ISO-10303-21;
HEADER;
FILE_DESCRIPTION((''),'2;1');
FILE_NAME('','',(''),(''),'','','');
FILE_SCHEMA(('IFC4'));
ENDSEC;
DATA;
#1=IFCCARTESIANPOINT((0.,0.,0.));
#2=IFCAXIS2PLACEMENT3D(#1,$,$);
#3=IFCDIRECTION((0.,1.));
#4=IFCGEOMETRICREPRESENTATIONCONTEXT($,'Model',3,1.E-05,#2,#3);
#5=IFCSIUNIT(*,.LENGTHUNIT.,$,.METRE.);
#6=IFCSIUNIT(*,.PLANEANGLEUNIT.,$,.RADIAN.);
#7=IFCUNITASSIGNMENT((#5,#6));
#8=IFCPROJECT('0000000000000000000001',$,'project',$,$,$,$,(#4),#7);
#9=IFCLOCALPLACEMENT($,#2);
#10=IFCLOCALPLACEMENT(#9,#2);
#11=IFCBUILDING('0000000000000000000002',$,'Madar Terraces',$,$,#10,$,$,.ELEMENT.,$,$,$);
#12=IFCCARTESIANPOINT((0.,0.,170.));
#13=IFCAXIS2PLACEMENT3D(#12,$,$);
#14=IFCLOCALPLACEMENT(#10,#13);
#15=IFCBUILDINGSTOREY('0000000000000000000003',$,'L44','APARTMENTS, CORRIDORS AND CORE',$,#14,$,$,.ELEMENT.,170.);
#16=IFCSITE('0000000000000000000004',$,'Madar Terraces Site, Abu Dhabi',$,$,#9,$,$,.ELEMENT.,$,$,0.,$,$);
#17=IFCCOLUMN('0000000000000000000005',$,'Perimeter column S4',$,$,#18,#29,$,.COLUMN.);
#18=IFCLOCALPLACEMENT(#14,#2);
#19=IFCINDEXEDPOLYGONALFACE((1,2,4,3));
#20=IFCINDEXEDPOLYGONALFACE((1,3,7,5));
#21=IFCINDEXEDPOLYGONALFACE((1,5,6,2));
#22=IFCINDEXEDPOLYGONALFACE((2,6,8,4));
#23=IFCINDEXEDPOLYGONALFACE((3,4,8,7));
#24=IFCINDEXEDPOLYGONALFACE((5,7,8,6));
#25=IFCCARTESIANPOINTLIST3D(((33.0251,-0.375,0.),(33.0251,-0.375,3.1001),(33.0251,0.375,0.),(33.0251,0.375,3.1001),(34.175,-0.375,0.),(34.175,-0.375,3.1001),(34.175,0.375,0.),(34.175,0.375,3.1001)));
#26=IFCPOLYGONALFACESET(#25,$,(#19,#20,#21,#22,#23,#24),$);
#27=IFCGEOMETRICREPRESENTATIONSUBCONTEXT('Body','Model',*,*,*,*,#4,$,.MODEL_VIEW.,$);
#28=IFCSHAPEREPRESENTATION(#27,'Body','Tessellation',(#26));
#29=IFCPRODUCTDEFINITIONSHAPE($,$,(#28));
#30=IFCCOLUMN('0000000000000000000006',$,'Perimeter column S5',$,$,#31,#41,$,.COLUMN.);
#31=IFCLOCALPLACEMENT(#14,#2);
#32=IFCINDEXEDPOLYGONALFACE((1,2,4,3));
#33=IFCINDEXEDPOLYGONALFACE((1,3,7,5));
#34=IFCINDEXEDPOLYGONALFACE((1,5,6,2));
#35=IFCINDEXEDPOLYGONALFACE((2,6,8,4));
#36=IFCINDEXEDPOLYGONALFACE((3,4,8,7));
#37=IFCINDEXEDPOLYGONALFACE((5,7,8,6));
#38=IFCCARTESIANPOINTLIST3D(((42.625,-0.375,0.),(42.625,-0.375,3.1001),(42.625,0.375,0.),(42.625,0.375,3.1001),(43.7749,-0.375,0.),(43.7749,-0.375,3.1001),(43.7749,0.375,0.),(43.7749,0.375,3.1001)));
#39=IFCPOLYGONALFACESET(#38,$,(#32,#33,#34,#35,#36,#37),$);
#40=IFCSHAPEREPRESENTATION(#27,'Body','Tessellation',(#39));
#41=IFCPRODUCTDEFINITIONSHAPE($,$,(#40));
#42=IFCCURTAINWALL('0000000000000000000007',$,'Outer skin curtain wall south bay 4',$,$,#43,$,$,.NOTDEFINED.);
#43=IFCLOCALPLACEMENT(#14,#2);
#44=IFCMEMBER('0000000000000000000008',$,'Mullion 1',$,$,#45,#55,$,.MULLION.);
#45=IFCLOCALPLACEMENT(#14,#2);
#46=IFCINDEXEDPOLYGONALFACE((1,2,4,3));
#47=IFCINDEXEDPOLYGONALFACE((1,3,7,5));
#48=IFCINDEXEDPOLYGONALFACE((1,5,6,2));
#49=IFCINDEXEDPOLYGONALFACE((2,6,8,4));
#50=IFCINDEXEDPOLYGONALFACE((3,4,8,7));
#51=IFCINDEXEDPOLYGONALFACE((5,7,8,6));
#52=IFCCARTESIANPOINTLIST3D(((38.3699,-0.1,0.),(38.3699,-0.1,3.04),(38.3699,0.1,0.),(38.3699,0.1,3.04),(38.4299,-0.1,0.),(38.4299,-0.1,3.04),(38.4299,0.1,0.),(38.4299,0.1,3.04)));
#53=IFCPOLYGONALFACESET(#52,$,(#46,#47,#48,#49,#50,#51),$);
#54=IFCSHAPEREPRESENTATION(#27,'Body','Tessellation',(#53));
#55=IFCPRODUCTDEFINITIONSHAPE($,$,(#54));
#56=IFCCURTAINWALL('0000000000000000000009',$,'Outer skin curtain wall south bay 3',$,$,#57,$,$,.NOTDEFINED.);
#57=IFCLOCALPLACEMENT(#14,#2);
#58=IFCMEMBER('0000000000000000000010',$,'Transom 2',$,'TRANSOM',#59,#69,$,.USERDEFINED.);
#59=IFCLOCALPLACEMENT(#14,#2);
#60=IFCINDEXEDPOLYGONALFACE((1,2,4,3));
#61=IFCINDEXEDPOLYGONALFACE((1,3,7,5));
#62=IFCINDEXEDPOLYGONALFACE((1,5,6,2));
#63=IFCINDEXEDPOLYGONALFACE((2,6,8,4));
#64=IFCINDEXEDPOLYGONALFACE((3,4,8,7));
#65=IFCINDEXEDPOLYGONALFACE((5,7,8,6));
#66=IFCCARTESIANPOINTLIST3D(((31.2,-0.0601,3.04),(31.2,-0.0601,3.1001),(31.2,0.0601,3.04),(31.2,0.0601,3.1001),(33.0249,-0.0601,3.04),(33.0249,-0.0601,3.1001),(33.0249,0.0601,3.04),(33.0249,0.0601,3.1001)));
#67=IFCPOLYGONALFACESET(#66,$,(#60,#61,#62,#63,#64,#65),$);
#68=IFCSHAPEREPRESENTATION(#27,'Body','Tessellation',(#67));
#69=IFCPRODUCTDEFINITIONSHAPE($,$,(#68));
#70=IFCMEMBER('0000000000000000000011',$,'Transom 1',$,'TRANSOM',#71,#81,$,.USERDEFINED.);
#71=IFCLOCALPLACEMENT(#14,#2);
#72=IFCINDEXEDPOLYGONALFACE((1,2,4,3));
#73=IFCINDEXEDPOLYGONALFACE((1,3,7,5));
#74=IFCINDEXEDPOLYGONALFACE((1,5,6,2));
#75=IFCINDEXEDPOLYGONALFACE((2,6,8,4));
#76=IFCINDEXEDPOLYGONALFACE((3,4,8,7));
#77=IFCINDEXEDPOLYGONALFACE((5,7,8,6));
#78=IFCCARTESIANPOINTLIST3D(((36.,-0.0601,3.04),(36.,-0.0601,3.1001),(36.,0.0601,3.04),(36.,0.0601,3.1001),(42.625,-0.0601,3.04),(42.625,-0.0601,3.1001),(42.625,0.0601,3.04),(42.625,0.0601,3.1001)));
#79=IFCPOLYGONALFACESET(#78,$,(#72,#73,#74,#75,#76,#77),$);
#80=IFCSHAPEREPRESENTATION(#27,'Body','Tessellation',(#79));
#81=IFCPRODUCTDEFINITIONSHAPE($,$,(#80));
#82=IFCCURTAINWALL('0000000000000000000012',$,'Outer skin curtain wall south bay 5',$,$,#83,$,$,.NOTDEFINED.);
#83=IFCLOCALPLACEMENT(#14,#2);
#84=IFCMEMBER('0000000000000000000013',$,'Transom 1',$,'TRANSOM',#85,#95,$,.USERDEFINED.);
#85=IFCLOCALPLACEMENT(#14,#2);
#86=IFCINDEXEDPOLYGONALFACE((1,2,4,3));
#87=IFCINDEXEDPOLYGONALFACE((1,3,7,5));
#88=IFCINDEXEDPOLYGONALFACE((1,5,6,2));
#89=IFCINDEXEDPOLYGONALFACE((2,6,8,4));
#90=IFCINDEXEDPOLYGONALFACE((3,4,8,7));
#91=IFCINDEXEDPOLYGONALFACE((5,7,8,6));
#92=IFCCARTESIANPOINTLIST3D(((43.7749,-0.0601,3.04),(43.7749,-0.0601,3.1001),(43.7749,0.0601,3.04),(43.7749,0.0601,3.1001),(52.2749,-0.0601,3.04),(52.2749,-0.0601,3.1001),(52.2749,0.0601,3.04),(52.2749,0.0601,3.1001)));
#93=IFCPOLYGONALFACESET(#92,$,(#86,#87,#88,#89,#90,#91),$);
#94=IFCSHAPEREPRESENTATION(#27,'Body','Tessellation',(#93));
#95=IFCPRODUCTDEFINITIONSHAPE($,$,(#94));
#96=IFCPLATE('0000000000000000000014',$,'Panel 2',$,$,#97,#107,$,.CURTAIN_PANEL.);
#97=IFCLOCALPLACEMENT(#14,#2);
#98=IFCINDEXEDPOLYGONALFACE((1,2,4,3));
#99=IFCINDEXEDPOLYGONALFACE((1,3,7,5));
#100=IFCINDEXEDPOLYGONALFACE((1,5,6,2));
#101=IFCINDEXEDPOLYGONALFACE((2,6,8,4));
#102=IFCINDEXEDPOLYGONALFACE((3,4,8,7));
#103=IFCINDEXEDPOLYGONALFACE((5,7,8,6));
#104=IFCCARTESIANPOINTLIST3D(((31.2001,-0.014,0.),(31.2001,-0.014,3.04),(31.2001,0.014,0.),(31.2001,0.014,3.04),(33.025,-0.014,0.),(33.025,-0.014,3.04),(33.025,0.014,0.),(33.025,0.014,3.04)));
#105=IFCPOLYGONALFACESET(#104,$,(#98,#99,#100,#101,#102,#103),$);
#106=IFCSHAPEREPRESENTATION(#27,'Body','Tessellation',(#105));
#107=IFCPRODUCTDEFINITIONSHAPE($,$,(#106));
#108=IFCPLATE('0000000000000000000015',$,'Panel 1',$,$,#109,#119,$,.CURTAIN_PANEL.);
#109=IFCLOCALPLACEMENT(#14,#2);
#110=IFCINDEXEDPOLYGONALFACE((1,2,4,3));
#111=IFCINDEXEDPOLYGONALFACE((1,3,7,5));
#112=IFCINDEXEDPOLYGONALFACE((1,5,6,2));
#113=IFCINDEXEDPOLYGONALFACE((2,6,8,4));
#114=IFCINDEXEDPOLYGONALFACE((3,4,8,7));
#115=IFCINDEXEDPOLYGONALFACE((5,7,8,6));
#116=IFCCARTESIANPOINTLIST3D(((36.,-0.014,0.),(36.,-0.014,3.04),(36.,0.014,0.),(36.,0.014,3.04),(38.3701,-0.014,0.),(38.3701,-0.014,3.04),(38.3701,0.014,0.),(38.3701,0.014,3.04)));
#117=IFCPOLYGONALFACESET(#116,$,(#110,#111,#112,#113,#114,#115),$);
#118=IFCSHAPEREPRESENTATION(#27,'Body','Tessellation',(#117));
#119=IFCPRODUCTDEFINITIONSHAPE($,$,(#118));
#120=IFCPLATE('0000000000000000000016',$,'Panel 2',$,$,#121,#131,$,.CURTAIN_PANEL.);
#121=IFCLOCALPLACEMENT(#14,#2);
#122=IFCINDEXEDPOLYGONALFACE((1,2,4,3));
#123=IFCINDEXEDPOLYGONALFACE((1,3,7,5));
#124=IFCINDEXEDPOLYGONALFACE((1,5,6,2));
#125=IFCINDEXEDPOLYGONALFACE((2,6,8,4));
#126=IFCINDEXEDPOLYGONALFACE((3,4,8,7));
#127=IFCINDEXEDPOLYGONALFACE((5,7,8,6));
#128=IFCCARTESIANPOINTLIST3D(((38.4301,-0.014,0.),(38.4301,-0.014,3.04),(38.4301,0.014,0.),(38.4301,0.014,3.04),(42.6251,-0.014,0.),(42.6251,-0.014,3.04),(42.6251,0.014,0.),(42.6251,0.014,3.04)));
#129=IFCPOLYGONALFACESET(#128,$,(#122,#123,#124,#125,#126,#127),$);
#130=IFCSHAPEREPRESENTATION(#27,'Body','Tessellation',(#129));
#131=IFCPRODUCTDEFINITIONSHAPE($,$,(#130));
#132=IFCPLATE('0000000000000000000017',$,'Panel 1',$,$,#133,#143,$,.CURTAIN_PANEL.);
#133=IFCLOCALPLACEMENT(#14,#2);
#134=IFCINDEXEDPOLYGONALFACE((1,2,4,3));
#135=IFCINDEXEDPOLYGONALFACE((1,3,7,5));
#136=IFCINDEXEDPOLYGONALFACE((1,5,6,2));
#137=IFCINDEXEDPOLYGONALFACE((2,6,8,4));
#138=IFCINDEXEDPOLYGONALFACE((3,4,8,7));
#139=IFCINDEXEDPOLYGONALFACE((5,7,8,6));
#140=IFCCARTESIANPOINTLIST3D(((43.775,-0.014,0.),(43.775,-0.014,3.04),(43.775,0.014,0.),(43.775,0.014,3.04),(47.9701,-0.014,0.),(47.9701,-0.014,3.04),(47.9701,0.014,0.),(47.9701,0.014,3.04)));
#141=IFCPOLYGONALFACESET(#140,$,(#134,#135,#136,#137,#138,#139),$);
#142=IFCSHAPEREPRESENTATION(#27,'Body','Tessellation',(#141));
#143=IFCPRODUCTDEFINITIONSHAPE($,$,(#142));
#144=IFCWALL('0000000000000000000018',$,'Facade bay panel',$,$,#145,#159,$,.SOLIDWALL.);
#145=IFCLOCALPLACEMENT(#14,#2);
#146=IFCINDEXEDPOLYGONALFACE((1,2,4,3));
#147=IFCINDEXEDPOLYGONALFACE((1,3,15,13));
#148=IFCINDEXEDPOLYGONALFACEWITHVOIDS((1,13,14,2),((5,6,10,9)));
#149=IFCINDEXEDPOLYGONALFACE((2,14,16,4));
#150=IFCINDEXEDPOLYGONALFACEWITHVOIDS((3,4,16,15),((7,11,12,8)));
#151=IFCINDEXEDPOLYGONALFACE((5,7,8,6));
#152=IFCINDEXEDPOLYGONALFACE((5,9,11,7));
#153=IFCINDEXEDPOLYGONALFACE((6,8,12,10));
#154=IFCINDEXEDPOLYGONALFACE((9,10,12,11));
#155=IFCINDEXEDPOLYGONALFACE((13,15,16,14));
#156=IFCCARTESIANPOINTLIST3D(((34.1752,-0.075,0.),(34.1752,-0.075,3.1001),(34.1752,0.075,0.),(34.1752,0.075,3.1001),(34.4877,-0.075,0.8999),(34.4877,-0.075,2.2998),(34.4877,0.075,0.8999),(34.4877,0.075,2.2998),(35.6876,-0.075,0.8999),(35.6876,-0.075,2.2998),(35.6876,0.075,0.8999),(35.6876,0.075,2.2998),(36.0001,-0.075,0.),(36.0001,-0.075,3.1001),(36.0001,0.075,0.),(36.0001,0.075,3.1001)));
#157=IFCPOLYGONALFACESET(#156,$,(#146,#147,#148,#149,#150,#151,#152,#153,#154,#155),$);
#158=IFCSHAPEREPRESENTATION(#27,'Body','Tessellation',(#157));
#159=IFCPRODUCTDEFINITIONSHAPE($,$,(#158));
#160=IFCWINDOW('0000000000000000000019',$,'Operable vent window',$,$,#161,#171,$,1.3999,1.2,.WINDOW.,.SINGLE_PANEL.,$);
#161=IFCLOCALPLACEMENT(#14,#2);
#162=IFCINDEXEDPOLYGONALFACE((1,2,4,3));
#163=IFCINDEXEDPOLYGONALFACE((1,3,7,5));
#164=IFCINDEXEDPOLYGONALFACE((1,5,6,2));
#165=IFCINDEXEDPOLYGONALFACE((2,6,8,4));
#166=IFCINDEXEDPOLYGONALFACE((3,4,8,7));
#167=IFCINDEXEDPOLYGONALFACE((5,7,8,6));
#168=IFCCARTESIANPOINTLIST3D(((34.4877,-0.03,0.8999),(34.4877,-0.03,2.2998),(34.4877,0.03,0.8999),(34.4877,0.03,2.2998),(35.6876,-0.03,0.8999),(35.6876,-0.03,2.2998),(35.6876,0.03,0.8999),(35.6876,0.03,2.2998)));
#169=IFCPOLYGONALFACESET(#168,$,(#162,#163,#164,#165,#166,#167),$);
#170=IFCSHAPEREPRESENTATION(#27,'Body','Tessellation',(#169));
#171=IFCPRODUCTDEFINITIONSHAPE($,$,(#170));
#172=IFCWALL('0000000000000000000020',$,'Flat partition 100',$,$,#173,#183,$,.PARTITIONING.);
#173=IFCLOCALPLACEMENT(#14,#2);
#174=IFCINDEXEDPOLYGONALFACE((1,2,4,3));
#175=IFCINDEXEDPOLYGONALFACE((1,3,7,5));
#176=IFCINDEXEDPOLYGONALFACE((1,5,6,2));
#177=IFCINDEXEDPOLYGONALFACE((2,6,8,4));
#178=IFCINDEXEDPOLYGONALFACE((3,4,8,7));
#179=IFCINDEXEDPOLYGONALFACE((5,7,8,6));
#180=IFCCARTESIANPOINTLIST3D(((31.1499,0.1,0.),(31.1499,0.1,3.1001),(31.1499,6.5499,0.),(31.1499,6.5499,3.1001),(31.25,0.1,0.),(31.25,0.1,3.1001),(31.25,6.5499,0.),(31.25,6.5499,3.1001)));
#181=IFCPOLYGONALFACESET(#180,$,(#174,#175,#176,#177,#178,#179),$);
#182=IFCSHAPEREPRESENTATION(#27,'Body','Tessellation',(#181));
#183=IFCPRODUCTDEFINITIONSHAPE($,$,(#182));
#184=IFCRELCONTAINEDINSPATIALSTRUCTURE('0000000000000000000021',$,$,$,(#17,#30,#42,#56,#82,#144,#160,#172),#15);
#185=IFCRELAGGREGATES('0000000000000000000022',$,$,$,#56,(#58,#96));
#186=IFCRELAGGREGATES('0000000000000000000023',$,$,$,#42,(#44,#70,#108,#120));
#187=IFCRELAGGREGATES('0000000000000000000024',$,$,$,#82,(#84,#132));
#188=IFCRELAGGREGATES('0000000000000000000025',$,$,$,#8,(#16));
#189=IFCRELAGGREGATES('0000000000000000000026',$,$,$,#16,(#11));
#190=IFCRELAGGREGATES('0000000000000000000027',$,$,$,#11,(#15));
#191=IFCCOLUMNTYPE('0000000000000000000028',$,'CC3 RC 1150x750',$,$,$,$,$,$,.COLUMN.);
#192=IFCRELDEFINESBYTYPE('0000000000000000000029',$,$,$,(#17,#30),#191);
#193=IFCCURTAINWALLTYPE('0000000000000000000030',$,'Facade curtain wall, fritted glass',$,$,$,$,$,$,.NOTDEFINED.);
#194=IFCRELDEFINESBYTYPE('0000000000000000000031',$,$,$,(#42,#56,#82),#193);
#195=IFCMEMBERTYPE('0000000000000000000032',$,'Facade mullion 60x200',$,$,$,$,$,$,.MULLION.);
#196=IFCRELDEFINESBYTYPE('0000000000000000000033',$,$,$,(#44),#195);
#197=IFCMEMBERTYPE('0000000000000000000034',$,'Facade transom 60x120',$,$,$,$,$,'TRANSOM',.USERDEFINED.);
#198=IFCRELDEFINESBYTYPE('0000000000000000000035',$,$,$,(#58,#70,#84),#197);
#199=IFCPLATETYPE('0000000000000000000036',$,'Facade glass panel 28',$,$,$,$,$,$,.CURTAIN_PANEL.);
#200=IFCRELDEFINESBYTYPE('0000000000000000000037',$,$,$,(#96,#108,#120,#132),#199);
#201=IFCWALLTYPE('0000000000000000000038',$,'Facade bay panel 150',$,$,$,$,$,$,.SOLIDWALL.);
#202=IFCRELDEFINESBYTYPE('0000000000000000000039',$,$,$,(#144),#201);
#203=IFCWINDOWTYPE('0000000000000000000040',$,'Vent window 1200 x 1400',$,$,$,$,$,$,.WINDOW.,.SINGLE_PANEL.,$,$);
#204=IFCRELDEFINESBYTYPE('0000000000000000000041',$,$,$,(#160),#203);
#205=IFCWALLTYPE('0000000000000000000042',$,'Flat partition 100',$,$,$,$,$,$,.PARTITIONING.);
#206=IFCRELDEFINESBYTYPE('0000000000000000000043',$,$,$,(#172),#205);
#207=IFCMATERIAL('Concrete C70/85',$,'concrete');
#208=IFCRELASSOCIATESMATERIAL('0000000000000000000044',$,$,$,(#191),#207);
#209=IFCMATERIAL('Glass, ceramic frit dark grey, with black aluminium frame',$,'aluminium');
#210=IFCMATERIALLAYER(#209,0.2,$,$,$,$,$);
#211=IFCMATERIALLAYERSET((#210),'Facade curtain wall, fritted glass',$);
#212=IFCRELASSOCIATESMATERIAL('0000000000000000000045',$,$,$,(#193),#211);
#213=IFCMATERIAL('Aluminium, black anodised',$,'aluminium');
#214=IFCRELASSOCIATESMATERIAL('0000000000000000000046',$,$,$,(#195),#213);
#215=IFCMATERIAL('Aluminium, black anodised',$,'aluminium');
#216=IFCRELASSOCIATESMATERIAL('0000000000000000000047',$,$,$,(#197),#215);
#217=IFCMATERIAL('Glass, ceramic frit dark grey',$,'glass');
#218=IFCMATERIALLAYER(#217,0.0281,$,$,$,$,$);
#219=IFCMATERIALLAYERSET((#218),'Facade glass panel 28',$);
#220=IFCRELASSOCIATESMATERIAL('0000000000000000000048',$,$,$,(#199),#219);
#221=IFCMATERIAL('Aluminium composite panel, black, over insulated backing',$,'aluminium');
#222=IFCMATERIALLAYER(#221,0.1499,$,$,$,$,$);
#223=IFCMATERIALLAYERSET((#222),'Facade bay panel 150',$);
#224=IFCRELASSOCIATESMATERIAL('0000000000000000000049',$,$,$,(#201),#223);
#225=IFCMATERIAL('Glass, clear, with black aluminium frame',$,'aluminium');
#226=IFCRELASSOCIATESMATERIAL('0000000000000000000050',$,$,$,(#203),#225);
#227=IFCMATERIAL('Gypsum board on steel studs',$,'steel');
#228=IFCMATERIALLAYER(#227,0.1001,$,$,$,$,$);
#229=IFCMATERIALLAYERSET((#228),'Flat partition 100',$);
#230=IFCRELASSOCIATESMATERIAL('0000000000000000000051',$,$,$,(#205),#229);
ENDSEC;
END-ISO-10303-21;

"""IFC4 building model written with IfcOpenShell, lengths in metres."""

from ifc_helpers import new_model, si_unit, direction, frame, frame_2d, origin, origin_2d, place, context, subcontext, project, spatial, rectangle, extrude, material, layer, layer_set, material_profile, profile_set, type_object, element, fill, aggregate, save


model = new_model("IFC4")

# Units and contexts
model_context = context("Model", 3, precision=1e-05, world=origin(), true_north=direction((0.0, 1.0)))
body_context = subcontext(model_context, "Body", "Model", "MODEL_VIEW")
ifc_project = project(units=[si_unit("LENGTHUNIT", "METRE"), si_unit("PLANEANGLEUNIT", "RADIAN")], contexts=[model_context])

# Site, building, storey
site_placement = place(None, origin())
site = spatial("IfcSite", under=ifc_project, at=site_placement, Name="Madar Terraces Site, Abu Dhabi", CompositionType="ELEMENT", RefElevation=0.0)
building_placement = place(site_placement, origin())
building = spatial("IfcBuilding", under=site, at=building_placement, Name="Madar Terraces", CompositionType="ELEMENT")
storey_placement = place(building_placement, frame((0.0, 0.0, 170.0)))
storey = spatial("IfcBuildingStorey", under=building, at=storey_placement, Name="L44", Description="APARTMENTS, CORRIDORS AND CORE", CompositionType="ELEMENT", Elevation=170.0)

# Columns
ifc_material_1 = material(Name="Concrete C70/85", Category="concrete")
ifc_material_profile_1 = material_profile(ifc_material_1, rectangle(XDim=1.1499, YDim=0.75, at=origin_2d()), Name="CC3 RC 1150x750")
ifc_profile_set_1 = profile_set([ifc_material_profile_1], Name="Concrete C70/85")
column_type = type_object("IfcColumnType", Name="CC3 RC 1150x750", PredefinedType="COLUMN", material=ifc_profile_set_1)
for number, where, z_axis, x_axis, name in (
    (1, (33.6001, 0.0, 0.0), (0.0, 0.0, 1.0), (1.0, 0.0, 0.0), "Perimeter column S4"),
    (2, (43.2, 0.0, 0.0), (0.0, 0.0, 1.0), (1.0, 0.0, 0.0), "Perimeter column S5"),
):
    element("IfcColumn", number, at=place(storey_placement, frame(where, z_axis=z_axis, x_axis=x_axis)), inside=storey, type_object=column_type, Name=name, PredefinedType="COLUMN", context=body_context, shape_type="SweptSolid", body=[
        extrude(rectangle(XDim=1.1499, YDim=0.75, at=origin_2d()), origin(), (0.0, 0.0, 1.0), 3.1001),
    ])

# Curtain walls, members
ifc_material_2 = material(Name="Glass, ceramic frit dark grey, with black aluminium frame", Category="aluminium")
ifc_layer_1 = layer(ifc_material_2, 0.2)
ifc_layer_set_1 = layer_set([ifc_layer_1], Name="Facade curtain wall, fritted glass")
curtain_wall_type = type_object("IfcCurtainWallType", Name="Facade curtain wall, fritted glass", PredefinedType="NOTDEFINED", material=ifc_layer_set_1)
curtain_wall_1_placement = place(storey_placement, origin())
curtain_wall_1 = element("IfcCurtainWall", 3, at=curtain_wall_1_placement, inside=storey, type_object=curtain_wall_type, Name="Outer skin curtain wall south bay 4", PredefinedType="NOTDEFINED")
ifc_material_3 = material(Name="Aluminium, black anodised", Category="aluminium")
ifc_material_profile_2 = material_profile(ifc_material_3, rectangle(XDim=0.2, YDim=0.0601, at=origin_2d()), Name="Facade mullion 60x200")
ifc_profile_set_2 = profile_set([ifc_material_profile_2], Name="Aluminium, black anodised")
member_type_1 = type_object("IfcMemberType", Name="Facade mullion 60x200", PredefinedType="MULLION", material=ifc_profile_set_2)
member_1_placement = place(storey_placement, frame((38.3999, 0.0, 0.0), z_axis=(0.0, 0.0, 1.0), x_axis=(0.0, 1.0, 0.0)))
member_1 = element("IfcMember", 4, at=member_1_placement, type_object=member_type_1, Name="Mullion 1", PredefinedType="MULLION", context=body_context, shape_type="SweptSolid", body=[
    extrude(rectangle(XDim=0.2, YDim=0.0601, at=origin_2d()), origin(), (0.0, 0.0, 1.0), 3.04),
])
curtain_wall_2_placement = place(storey_placement, origin())
curtain_wall_2 = element("IfcCurtainWall", 5, at=curtain_wall_2_placement, inside=storey, type_object=curtain_wall_type, Name="Outer skin curtain wall south bay 3", PredefinedType="NOTDEFINED")
ifc_material_4 = material(Name="Aluminium, black anodised", Category="aluminium")
ifc_material_profile_3 = material_profile(ifc_material_4, rectangle(XDim=0.1201, YDim=0.0601, at=origin_2d()), Name="Facade transom 60x120")
ifc_profile_set_3 = profile_set([ifc_material_profile_3], Name="Aluminium, black anodised")
member_type_2 = type_object("IfcMemberType", Name="Facade transom 60x120", ElementType="TRANSOM", PredefinedType="USERDEFINED", material=ifc_profile_set_3)
member_2_placement = place(storey_placement, frame((31.2, 0.0, 3.0701), z_axis=(1.0, 0.0, 0.0), x_axis=(0.0, 1.0, 0.0)))
member_2 = element("IfcMember", 6, at=member_2_placement, type_object=member_type_2, Name="Transom 2", ObjectType="TRANSOM", PredefinedType="USERDEFINED", context=body_context, shape_type="SweptSolid", body=[
    extrude(rectangle(XDim=0.1201, YDim=0.0601, at=origin_2d()), origin(), (0.0, 0.0, 1.0), 1.825),
])

# Member
member_3_placement = place(storey_placement, frame((36.0, 0.0, 3.0701), z_axis=(1.0, 0.0, 0.0), x_axis=(0.0, 1.0, 0.0)))
member_3 = element("IfcMember", 7, at=member_3_placement, type_object=member_type_2, Name="Transom 1", ObjectType="TRANSOM", PredefinedType="USERDEFINED", context=body_context, shape_type="SweptSolid", body=[
    extrude(rectangle(XDim=0.1201, YDim=0.0601, at=origin_2d()), origin(), (0.0, 0.0, 1.0), 6.625),
])

# Curtain wall, member
curtain_wall_3_placement = place(storey_placement, origin())
curtain_wall_3 = element("IfcCurtainWall", 8, at=curtain_wall_3_placement, inside=storey, type_object=curtain_wall_type, Name="Outer skin curtain wall south bay 5", PredefinedType="NOTDEFINED")
member_4_placement = place(storey_placement, frame((43.7749, 0.0, 3.0701), z_axis=(1.0, 0.0, 0.0), x_axis=(0.0, 1.0, 0.0)))
member_4 = element("IfcMember", 9, at=member_4_placement, type_object=member_type_2, Name="Transom 1", ObjectType="TRANSOM", PredefinedType="USERDEFINED", context=body_context, shape_type="SweptSolid", body=[
    extrude(rectangle(XDim=0.1201, YDim=0.0601, at=origin_2d()), origin(), (0.0, 0.0, 1.0), 8.5),
])

# Plates
ifc_material_5 = material(Name="Glass, ceramic frit dark grey", Category="glass")
ifc_layer_2 = layer(ifc_material_5, 0.0281)
ifc_layer_set_2 = layer_set([ifc_layer_2], Name="Facade glass panel 28")
plate_type = type_object("IfcPlateType", Name="Facade glass panel 28", PredefinedType="CURTAIN_PANEL", material=ifc_layer_set_2)
plate_1_placement = place(storey_placement, frame((32.1125, 0.0, 0.0), z_axis=(0.0, 0.0, 1.0), x_axis=(1.0, 0.0, 0.0)))
plate_1 = element("IfcPlate", 10, at=plate_1_placement, type_object=plate_type, Name="Panel 2", PredefinedType="CURTAIN_PANEL", context=body_context, shape_type="SweptSolid", body=[
    extrude(rectangle(XDim=1.825, YDim=0.0281, at=origin_2d()), origin(), (0.0, 0.0, 1.0), 3.04),
])
aggregate(curtain_wall_2, [member_2, plate_1])
plate_2_placement = place(storey_placement, frame((37.1851, 0.0, 0.0), z_axis=(0.0, 0.0, 1.0), x_axis=(1.0, 0.0, 0.0)))
plate_2 = element("IfcPlate", 11, at=plate_2_placement, type_object=plate_type, Name="Panel 1", PredefinedType="CURTAIN_PANEL", context=body_context, shape_type="SweptSolid", body=[
    extrude(rectangle(XDim=2.3701, YDim=0.0281, at=origin_2d()), origin(), (0.0, 0.0, 1.0), 3.04),
])
plate_3_placement = place(storey_placement, frame((40.5276, 0.0, 0.0), z_axis=(0.0, 0.0, 1.0), x_axis=(1.0, 0.0, 0.0)))
plate_3 = element("IfcPlate", 12, at=plate_3_placement, type_object=plate_type, Name="Panel 2", PredefinedType="CURTAIN_PANEL", context=body_context, shape_type="SweptSolid", body=[
    extrude(rectangle(XDim=4.1951, YDim=0.0281, at=origin_2d()), origin(), (0.0, 0.0, 1.0), 3.04),
])
aggregate(curtain_wall_1, [member_1, member_3, plate_2, plate_3])
plate_4_placement = place(storey_placement, frame((45.8726, 0.0, 0.0), z_axis=(0.0, 0.0, 1.0), x_axis=(1.0, 0.0, 0.0)))
plate_4 = element("IfcPlate", 13, at=plate_4_placement, type_object=plate_type, Name="Panel 1", PredefinedType="CURTAIN_PANEL", context=body_context, shape_type="SweptSolid", body=[
    extrude(rectangle(XDim=4.1951, YDim=0.0281, at=origin_2d()), origin(), (0.0, 0.0, 1.0), 3.04),
])
aggregate(curtain_wall_3, [member_4, plate_4])

# Wall, opening, window
ifc_material_6 = material(Name="Aluminium composite panel, black, over insulated backing", Category="aluminium")
ifc_layer_3 = layer(ifc_material_6, 0.1499)
ifc_layer_set_3 = layer_set([ifc_layer_3], Name="Facade bay panel 150")
wall_type_1 = type_object("IfcWallType", Name="Facade bay panel 150", PredefinedType="SOLIDWALL", material=ifc_layer_set_3)
wall_1_placement = place(storey_placement, frame((34.175, 0.0, 0.0), z_axis=(0.0, 0.0, 1.0), x_axis=(1.0, 0.0, 0.0)))
wall_1 = element("IfcWall", 14, at=wall_1_placement, inside=storey, type_object=wall_type_1, Name="Facade bay panel", PredefinedType="SOLIDWALL", context=body_context, shape_type="SweptSolid", body=[
    extrude(rectangle(XDim=1.825, YDim=0.1499, at=frame_2d((0.9126, 0.0))), origin(), (0.0, 0.0, 1.0), 3.1001),
])
opening_1_placement = place(wall_1_placement, frame((0.3125, 0.0, 0.8999)))
opening_1 = element("IfcOpeningElement", 15, at=opening_1_placement, cuts=wall_1, PredefinedType="OPENING", context=body_context, shape_type="SweptSolid", body=[
    extrude(rectangle(XDim=1.2, YDim=1.3999, at=frame_2d((0.6001, 0.7))), frame((0.0, 0.085, 0.0), z_axis=(0.0, -1.0, 0.0), x_axis=(1.0, 0.0, 0.0)), (0.0, 0.0, 1.0), 0.1699),
])
ifc_material_7 = material(Name="Glass, clear, with black aluminium frame", Category="aluminium")
window_type = type_object("IfcWindowType", Name="Vent window 1200 x 1400", PartitioningType="SINGLE_PANEL", PredefinedType="WINDOW", material=ifc_material_7)
window_placement = place(opening_1_placement, origin())
window = element("IfcWindow", 16, at=window_placement, inside=storey, type_object=window_type, Name="Operable vent window", OverallHeight=1.3999, OverallWidth=1.2, PartitioningType="SINGLE_PANEL", PredefinedType="WINDOW", context=body_context, shape_type="SweptSolid", body=[
    extrude(rectangle(XDim=1.2, YDim=1.3999, at=frame_2d((0.6001, 0.7))), frame((0.0, 0.03, 0.0), z_axis=(0.0, -1.0, 0.0), x_axis=(1.0, 0.0, 0.0)), (0.0, 0.0, 1.0), 0.0601),
])
fill(opening_1, window)

# Wall
ifc_material_8 = material(Name="Gypsum board on steel studs", Category="steel")
ifc_layer_4 = layer(ifc_material_8, 0.1001)
ifc_layer_set_4 = layer_set([ifc_layer_4], Name="Flat partition 100")
wall_type_2 = type_object("IfcWallType", Name="Flat partition 100", PredefinedType="PARTITIONING", material=ifc_layer_set_4)
for number, where, z_axis, x_axis, name in (
    (17, (31.2, 6.55, 0.0), (0.0, 0.0, 1.0), (0.0, -1.0, 0.0), "Flat partition 100"),
):
    element("IfcWall", number, at=place(storey_placement, frame(where, z_axis=z_axis, x_axis=x_axis)), inside=storey, type_object=wall_type_2, Name=name, PredefinedType="PARTITIONING", context=body_context, shape_type="SweptSolid", body=[
        extrude(rectangle(XDim=6.45, YDim=0.1001, at=frame_2d((3.2251, 0.0))), origin(), (0.0, 0.0, 1.0), 3.1001),
    ])

save(model, "model.ifc")
